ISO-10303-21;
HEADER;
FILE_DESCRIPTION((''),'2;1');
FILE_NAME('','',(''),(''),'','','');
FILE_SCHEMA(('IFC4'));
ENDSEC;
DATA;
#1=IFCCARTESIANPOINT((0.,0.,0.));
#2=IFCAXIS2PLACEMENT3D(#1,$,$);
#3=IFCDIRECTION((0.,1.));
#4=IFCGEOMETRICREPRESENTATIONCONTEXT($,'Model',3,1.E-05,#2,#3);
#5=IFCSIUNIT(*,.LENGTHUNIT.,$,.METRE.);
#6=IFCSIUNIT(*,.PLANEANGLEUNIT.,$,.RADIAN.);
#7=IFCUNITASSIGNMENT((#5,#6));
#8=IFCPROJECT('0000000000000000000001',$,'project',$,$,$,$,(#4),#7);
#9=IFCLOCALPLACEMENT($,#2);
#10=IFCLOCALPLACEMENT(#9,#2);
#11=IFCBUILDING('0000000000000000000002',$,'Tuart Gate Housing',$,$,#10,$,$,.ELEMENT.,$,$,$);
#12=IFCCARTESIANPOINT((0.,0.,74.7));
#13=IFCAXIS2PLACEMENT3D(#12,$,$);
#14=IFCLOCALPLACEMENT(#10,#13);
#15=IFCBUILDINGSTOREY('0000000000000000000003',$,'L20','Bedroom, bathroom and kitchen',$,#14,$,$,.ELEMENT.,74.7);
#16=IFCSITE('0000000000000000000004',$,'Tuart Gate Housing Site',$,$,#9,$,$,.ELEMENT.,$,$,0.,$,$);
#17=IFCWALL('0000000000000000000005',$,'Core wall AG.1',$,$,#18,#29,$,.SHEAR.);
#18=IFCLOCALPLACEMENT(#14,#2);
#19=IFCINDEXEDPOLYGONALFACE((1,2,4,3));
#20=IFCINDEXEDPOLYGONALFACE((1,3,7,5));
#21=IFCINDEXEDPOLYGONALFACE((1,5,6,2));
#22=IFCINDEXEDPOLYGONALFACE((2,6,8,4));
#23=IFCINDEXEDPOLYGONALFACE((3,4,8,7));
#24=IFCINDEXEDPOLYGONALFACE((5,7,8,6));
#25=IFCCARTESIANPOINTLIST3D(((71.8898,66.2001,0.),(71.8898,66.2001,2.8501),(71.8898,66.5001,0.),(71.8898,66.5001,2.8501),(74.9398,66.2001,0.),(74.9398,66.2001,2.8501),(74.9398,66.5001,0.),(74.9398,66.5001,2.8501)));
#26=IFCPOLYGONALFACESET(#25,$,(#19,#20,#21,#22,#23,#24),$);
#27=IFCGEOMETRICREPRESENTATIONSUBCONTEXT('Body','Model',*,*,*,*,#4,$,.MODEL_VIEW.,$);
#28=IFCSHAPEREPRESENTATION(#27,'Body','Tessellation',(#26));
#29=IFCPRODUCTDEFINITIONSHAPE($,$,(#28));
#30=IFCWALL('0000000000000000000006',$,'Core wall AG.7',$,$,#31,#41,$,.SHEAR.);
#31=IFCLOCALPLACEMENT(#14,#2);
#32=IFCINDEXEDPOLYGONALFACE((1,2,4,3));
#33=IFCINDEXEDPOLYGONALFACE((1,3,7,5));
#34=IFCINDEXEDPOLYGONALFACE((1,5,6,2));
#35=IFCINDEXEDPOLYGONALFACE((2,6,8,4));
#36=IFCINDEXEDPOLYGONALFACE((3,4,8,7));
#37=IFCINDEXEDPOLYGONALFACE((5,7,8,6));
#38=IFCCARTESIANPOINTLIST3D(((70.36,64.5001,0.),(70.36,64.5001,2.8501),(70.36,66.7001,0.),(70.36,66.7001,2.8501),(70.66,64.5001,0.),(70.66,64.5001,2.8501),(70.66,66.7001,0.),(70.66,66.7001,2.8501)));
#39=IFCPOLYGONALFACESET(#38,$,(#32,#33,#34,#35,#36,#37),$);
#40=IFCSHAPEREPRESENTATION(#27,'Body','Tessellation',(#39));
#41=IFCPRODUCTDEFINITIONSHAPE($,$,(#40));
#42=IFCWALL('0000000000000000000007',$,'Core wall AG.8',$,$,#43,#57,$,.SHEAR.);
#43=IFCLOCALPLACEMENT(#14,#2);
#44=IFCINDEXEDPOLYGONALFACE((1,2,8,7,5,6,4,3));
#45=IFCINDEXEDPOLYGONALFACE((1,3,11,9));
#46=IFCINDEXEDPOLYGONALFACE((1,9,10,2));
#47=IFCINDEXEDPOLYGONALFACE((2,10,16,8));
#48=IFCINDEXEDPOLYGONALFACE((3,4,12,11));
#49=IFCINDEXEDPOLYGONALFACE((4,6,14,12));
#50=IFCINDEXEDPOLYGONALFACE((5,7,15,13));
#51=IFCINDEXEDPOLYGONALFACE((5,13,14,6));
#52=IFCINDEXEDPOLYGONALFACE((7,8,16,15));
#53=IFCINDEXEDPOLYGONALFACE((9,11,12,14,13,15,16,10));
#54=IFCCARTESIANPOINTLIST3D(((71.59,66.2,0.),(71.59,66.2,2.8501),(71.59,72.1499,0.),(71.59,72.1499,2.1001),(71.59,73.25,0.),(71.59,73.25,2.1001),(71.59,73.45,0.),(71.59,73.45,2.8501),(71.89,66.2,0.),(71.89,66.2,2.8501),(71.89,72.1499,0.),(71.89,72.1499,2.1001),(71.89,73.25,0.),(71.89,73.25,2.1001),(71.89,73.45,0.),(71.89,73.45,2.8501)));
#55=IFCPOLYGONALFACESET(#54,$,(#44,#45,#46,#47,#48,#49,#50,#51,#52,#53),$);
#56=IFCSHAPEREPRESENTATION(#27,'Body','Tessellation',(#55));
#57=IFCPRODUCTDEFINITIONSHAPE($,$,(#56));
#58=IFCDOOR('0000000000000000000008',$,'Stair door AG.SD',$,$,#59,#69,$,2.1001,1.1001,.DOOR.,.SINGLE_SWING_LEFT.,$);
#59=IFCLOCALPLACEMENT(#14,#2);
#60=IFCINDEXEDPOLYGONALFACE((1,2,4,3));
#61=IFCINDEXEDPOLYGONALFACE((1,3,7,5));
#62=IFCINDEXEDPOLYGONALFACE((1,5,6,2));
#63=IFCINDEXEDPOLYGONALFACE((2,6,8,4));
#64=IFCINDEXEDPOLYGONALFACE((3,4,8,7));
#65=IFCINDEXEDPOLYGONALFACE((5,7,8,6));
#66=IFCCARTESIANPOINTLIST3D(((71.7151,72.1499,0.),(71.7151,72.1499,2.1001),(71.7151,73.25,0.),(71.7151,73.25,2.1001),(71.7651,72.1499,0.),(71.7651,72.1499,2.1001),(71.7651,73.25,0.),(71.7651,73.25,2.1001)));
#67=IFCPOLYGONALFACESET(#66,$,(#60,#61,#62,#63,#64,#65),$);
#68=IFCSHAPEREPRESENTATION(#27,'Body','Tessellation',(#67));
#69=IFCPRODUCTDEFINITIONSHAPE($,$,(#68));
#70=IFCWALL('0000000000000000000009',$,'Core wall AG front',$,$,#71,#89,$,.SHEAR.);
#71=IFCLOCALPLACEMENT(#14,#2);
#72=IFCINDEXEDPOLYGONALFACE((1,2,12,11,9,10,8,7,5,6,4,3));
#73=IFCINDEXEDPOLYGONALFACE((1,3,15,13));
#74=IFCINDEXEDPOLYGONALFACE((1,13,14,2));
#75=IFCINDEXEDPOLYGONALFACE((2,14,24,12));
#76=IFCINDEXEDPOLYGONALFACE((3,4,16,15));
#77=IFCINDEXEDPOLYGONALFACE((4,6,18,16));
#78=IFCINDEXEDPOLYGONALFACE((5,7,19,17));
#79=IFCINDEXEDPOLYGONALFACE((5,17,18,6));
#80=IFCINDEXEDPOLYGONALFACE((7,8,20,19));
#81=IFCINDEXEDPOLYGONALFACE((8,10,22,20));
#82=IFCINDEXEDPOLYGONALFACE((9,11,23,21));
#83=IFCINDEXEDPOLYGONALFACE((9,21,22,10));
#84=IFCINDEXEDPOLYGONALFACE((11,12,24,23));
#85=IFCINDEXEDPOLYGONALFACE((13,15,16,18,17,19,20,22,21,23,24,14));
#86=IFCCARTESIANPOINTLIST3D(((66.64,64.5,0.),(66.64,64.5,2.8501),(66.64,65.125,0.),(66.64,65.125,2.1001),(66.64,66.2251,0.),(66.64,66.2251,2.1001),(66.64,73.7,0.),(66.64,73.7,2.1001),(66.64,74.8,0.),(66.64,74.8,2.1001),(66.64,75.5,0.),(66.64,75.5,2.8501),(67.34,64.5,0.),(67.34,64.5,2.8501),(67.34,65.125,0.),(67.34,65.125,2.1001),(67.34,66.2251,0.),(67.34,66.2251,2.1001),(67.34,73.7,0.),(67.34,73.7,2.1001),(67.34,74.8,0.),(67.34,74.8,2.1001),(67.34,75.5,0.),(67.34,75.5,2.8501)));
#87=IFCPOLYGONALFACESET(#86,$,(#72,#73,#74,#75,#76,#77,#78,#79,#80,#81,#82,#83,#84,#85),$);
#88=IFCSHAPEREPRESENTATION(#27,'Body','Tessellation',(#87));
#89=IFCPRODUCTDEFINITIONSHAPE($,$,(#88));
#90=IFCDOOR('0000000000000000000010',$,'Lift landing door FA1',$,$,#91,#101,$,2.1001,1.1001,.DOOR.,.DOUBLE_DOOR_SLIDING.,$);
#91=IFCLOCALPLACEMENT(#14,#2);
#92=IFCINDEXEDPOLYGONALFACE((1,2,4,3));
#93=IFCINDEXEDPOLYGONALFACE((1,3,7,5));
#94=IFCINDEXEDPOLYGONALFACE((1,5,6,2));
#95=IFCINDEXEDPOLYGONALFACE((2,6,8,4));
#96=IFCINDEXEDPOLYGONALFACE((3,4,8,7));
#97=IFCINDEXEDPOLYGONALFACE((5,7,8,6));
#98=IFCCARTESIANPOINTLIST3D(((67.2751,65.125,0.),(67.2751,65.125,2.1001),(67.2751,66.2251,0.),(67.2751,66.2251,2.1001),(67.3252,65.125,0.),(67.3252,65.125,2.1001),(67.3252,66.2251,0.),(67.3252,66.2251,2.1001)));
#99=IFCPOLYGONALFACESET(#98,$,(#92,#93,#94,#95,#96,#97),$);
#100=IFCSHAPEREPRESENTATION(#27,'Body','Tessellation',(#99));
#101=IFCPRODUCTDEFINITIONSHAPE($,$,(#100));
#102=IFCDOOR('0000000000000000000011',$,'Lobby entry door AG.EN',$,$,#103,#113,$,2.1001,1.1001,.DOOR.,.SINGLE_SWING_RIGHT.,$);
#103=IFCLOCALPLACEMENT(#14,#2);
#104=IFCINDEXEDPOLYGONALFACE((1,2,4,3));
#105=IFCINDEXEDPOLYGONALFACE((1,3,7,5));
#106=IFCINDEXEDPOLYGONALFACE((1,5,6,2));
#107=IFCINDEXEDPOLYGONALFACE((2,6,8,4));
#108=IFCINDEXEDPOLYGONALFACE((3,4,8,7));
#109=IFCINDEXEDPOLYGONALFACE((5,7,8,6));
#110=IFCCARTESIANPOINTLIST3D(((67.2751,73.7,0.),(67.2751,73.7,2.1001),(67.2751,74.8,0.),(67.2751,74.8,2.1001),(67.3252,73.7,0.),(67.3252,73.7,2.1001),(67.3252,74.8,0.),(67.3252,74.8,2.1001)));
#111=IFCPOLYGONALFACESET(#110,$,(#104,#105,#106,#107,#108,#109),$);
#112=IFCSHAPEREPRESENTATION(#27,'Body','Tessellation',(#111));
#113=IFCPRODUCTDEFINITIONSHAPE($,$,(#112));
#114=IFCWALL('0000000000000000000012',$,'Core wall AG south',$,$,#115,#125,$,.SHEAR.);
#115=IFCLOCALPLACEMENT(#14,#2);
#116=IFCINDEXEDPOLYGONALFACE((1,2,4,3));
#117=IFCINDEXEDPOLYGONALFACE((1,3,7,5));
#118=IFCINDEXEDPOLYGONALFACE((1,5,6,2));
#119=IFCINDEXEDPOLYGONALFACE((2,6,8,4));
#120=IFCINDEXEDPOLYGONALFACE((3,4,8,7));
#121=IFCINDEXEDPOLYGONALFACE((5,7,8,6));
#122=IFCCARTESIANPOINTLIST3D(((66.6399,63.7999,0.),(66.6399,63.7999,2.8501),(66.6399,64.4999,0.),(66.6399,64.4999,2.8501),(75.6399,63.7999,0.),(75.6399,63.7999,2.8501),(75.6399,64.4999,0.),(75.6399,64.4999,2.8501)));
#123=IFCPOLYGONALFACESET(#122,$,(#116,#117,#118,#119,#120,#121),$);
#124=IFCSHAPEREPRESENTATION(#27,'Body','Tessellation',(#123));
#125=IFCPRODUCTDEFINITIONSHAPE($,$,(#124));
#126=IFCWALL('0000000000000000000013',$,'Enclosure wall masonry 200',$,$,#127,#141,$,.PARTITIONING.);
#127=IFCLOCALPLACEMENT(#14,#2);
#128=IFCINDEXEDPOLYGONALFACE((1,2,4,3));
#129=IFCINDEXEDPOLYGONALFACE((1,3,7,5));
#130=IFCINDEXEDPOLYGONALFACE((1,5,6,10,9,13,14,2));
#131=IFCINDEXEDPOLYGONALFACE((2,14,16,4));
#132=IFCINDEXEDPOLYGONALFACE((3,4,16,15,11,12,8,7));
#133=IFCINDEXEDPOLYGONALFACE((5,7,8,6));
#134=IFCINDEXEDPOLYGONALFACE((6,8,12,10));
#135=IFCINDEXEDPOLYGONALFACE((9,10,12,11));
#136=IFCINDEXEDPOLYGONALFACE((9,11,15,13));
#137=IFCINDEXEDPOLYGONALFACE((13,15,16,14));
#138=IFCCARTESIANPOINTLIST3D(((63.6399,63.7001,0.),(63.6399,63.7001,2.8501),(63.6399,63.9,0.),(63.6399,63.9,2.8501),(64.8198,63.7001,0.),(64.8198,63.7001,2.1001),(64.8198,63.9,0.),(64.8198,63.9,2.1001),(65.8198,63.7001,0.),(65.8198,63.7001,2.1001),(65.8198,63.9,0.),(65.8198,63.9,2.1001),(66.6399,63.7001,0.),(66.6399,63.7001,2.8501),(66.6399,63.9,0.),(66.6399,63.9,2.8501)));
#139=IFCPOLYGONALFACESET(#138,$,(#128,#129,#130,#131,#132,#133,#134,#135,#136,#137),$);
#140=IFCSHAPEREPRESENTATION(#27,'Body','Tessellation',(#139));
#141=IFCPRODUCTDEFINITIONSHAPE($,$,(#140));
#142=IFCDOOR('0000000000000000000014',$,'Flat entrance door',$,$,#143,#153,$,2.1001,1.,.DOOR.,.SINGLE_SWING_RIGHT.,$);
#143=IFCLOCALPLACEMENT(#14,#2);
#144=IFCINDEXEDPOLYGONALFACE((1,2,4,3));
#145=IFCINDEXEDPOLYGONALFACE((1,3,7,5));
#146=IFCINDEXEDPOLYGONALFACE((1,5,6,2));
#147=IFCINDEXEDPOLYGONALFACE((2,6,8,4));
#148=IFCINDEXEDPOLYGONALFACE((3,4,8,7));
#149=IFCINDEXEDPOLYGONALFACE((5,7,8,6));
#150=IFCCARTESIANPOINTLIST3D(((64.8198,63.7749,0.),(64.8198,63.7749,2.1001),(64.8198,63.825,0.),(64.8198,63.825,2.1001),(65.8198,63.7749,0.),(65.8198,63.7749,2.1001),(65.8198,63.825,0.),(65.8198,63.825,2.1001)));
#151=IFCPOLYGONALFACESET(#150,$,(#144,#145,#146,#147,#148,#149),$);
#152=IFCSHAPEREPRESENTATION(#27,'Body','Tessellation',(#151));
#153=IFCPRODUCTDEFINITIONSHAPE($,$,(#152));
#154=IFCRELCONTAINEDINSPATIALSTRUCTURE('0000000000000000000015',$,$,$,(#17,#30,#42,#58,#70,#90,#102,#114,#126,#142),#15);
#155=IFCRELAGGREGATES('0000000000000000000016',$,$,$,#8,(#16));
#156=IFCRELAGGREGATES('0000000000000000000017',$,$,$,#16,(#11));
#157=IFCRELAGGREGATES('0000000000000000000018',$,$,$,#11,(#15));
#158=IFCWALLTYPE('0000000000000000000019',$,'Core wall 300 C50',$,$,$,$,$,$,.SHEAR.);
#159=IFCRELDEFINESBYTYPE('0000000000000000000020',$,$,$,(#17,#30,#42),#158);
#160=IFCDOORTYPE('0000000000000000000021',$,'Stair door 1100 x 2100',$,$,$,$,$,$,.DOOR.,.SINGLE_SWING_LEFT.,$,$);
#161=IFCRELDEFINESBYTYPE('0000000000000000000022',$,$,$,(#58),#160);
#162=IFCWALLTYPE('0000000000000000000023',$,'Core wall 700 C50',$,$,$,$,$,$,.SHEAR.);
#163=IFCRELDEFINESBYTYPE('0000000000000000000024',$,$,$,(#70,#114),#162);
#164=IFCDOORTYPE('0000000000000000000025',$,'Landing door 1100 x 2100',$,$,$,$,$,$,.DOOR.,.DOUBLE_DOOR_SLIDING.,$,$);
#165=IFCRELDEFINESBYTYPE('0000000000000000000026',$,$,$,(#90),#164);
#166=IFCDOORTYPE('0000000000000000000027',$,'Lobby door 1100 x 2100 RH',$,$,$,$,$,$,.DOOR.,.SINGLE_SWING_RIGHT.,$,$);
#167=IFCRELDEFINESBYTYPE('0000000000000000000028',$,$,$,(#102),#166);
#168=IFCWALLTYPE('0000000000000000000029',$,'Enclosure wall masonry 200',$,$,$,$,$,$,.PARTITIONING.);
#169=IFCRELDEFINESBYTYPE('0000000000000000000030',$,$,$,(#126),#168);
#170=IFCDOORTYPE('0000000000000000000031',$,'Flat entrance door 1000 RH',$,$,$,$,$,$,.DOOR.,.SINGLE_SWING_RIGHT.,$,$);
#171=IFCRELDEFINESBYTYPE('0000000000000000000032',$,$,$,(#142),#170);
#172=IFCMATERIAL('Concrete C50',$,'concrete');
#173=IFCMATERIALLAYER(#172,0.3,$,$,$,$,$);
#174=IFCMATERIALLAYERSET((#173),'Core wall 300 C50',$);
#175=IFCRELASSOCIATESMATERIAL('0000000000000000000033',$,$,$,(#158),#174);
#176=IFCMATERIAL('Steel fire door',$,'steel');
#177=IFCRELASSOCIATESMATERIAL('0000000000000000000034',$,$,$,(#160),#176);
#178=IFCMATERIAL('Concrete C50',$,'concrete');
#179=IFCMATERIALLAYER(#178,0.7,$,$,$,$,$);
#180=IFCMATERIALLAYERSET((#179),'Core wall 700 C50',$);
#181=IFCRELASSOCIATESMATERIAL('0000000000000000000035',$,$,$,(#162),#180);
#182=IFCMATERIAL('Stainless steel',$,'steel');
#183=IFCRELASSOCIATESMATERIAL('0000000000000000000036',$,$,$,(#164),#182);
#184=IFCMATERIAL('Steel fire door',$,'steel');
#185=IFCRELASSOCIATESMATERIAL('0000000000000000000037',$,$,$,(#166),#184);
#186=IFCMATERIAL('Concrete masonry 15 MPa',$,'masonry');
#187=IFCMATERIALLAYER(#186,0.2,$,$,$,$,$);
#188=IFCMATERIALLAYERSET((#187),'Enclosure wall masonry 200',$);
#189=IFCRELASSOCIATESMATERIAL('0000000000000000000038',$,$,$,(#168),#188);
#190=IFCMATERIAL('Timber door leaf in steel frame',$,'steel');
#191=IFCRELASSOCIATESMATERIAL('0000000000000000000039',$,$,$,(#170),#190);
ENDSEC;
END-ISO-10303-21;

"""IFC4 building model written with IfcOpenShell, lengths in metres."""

from ifc_helpers import new_model, si_unit, direction, frame, frame_2d, origin, place, context, subcontext, project, spatial, rectangle, extrude, material, layer, layer_set, type_object, element, fill, save


model = new_model("IFC4")

# Units and contexts
model_context = context("Model", 3, precision=1e-05, world=origin(), true_north=direction((0.0, 1.0)))
body_context = subcontext(model_context, "Body", "Model", "MODEL_VIEW")
ifc_project = project(units=[si_unit("LENGTHUNIT", "METRE"), si_unit("PLANEANGLEUNIT", "RADIAN")], contexts=[model_context])

# Site, building, storey
site_placement = place(None, origin())
site = spatial("IfcSite", under=ifc_project, at=site_placement, Name="Tuart Gate Housing Site", CompositionType="ELEMENT", RefElevation=0.0)
building_placement = place(site_placement, origin())
building = spatial("IfcBuilding", under=site, at=building_placement, Name="Tuart Gate Housing", CompositionType="ELEMENT")
storey_placement = place(building_placement, frame((0.0, 0.0, 74.7)))
storey = spatial("IfcBuildingStorey", under=building, at=storey_placement, Name="L20", Description="Bedroom, bathroom and kitchen", CompositionType="ELEMENT", Elevation=74.7)

# Walls
ifc_material_1 = material(Name="Concrete C50", Category="concrete")
ifc_layer_1 = layer(ifc_material_1, 0.3)
ifc_layer_set_1 = layer_set([ifc_layer_1], Name="Core wall 300 C50")
wall_type_1 = type_object("IfcWallType", Name="Core wall 300 C50", PredefinedType="SHEAR", material=ifc_layer_set_1)
wall_1_placement = place(storey_placement, frame((71.8899, 66.3501, 0.0), z_axis=(0.0, 0.0, 1.0), x_axis=(1.0, 0.0, 0.0)))
element("IfcWall", 1, at=wall_1_placement, inside=storey, type_object=wall_type_1, Name="Core wall AG.1", PredefinedType="SHEAR", context=body_context, shape_type="SweptSolid", body=[
    extrude(rectangle(XDim=3.05, YDim=0.3, at=frame_2d((1.5249, 0.0))), origin(), (0.0, 0.0, 1.0), 2.8501),
])
wall_2_placement = place(storey_placement, frame((70.51, 64.5, 0.0), z_axis=(0.0, 0.0, 1.0), x_axis=(0.0, 1.0, 0.0)))
element("IfcWall", 2, at=wall_2_placement, inside=storey, type_object=wall_type_1, Name="Core wall AG.7", PredefinedType="SHEAR", context=body_context, shape_type="SweptSolid", body=[
    extrude(rectangle(XDim=2.2, YDim=0.3, at=frame_2d((1.1001, 0.0))), origin(), (0.0, 0.0, 1.0), 2.8501),
])

# Wall, opening, door
wall_3_placement = place(storey_placement, frame((71.74, 66.2, 0.0), z_axis=(0.0, 0.0, 1.0), x_axis=(0.0, 1.0, 0.0)))
wall_3 = element("IfcWall", 3, at=wall_3_placement, inside=storey, type_object=wall_type_1, Name="Core wall AG.8", PredefinedType="SHEAR", context=body_context, shape_type="SweptSolid", body=[
    extrude(rectangle(XDim=7.25, YDim=0.3, at=frame_2d((3.625, 0.0))), origin(), (0.0, 0.0, 1.0), 2.8501),
])
opening_1_placement = place(wall_3_placement, frame((5.95, 0.0, 0.0)))
opening_1 = element("IfcOpeningElement", 4, at=opening_1_placement, cuts=wall_3, PredefinedType="OPENING", context=body_context, shape_type="SweptSolid", body=[
    extrude(rectangle(XDim=1.1001, YDim=2.1001, at=frame_2d((0.55, 1.05))), frame((0.0, 0.1599, 0.0), z_axis=(0.0, -1.0, 0.0), x_axis=(1.0, 0.0, 0.0)), (0.0, 0.0, 1.0), 0.3201),
])
ifc_material_2 = material(Name="Steel fire door", Category="steel")
door_type_1 = type_object("IfcDoorType", Name="Stair door 1100 x 2100", OperationType="SINGLE_SWING_LEFT", PredefinedType="DOOR", material=ifc_material_2)
door_1_placement = place(opening_1_placement, frame((1.1001, 0.0, 0.0), z_axis=(0.0, 0.0, 1.0), x_axis=(-1.0, 0.0, 0.0)))
door_1 = element("IfcDoor", 5, at=door_1_placement, inside=storey, type_object=door_type_1, Name="Stair door AG.SD", OperationType="SINGLE_SWING_LEFT", OverallHeight=2.1001, OverallWidth=1.1001, PredefinedType="DOOR", context=body_context, shape_type="SweptSolid", body=[
    extrude(rectangle(XDim=1.1001, YDim=2.1001, at=frame_2d((0.55, 1.05))), frame((0.0, 0.0251, 0.0), z_axis=(0.0, -1.0, 0.0), x_axis=(1.0, 0.0, 0.0)), (0.0, 0.0, 1.0), 0.05),
])
fill(opening_1, door_1)

# Wall, openings, doors
ifc_material_3 = material(Name="Concrete C50", Category="concrete")
ifc_layer_2 = layer(ifc_material_3, 0.7)
ifc_layer_set_2 = layer_set([ifc_layer_2], Name="Core wall 700 C50")
wall_type_2 = type_object("IfcWallType", Name="Core wall 700 C50", PredefinedType="SHEAR", material=ifc_layer_set_2)
wall_4_placement = place(storey_placement, frame((66.99, 64.5, 0.0), z_axis=(0.0, 0.0, 1.0), x_axis=(0.0, 1.0, 0.0)))
wall_4 = element("IfcWall", 6, at=wall_4_placement, inside=storey, type_object=wall_type_2, Name="Core wall AG front", PredefinedType="SHEAR", context=body_context, shape_type="SweptSolid", body=[
    extrude(rectangle(XDim=11.0, YDim=0.7, at=frame_2d((5.5, 0.0))), origin(), (0.0, 0.0, 1.0), 2.8501),
])
opening_2_placement = place(wall_4_placement, frame((0.625, 0.0, 0.0)))
opening_2 = element("IfcOpeningElement", 7, at=opening_2_placement, cuts=wall_4, PredefinedType="OPENING", context=body_context, shape_type="SweptSolid", body=[
    extrude(rectangle(XDim=1.1001, YDim=2.1001, at=frame_2d((0.55, 1.05))), frame((0.0, 0.3599, 0.0), z_axis=(0.0, -1.0, 0.0), x_axis=(1.0, 0.0, 0.0)), (0.0, 0.0, 1.0), 0.72),
])
opening_3_placement = place(wall_4_placement, frame((9.2, 0.0, 0.0)))
opening_3 = element("IfcOpeningElement", 8, at=opening_3_placement, cuts=wall_4, PredefinedType="OPENING", context=body_context, shape_type="SweptSolid", body=[
    extrude(rectangle(XDim=1.1001, YDim=2.1001, at=frame_2d((0.55, 1.05))), frame((0.0, 0.3599, 0.0), z_axis=(0.0, -1.0, 0.0), x_axis=(1.0, 0.0, 0.0)), (0.0, 0.0, 1.0), 0.72),
])
ifc_material_4 = material(Name="Stainless steel", Category="steel")
door_type_2 = type_object("IfcDoorType", Name="Landing door 1100 x 2100", OperationType="DOUBLE_DOOR_SLIDING", PredefinedType="DOOR", material=ifc_material_4)
door_2_placement = place(opening_2_placement, origin())
door_2 = element("IfcDoor", 9, at=door_2_placement, inside=storey, type_object=door_type_2, Name="Lift landing door FA1", OperationType="DOUBLE_DOOR_SLIDING", OverallHeight=2.1001, OverallWidth=1.1001, PredefinedType="DOOR", context=body_context, shape_type="SweptSolid", body=[
    extrude(rectangle(XDim=1.1001, YDim=2.1001, at=frame_2d((0.55, 1.05))), frame((0.0, -0.2852, 0.0), z_axis=(0.0, -1.0, 0.0), x_axis=(1.0, 0.0, 0.0)), (0.0, 0.0, 1.0), 0.05),
])
fill(opening_2, door_2)
ifc_material_5 = material(Name="Steel fire door", Category="steel")
door_type_3 = type_object("IfcDoorType", Name="Lobby door 1100 x 2100 RH", OperationType="SINGLE_SWING_RIGHT", PredefinedType="DOOR", material=ifc_material_5)
door_3_placement = place(opening_3_placement, frame((1.1001, 0.0, 0.0), z_axis=(0.0, 0.0, 1.0), x_axis=(-1.0, 0.0, 0.0)))
door_3 = element("IfcDoor", 10, at=door_3_placement, inside=storey, type_object=door_type_3, Name="Lobby entry door AG.EN", OperationType="SINGLE_SWING_RIGHT", OverallHeight=2.1001, OverallWidth=1.1001, PredefinedType="DOOR", context=body_context, shape_type="SweptSolid", body=[
    extrude(rectangle(XDim=1.1001, YDim=2.1001, at=frame_2d((0.55, 1.05))), frame((0.0, 0.3352, 0.0), z_axis=(0.0, -1.0, 0.0), x_axis=(1.0, 0.0, 0.0)), (0.0, 0.0, 1.0), 0.05),
])
fill(opening_3, door_3)

# Wall
wall_5_placement = place(storey_placement, frame((66.6399, 64.1499, 0.0), z_axis=(0.0, 0.0, 1.0), x_axis=(1.0, 0.0, 0.0)))
element("IfcWall", 11, at=wall_5_placement, inside=storey, type_object=wall_type_2, Name="Core wall AG south", PredefinedType="SHEAR", context=body_context, shape_type="SweptSolid", body=[
    extrude(rectangle(XDim=9.0, YDim=0.7, at=frame_2d((4.5, 0.0))), origin(), (0.0, 0.0, 1.0), 2.8501),
])

# Wall, opening, door
ifc_material_6 = material(Name="Concrete masonry 15 MPa", Category="masonry")
ifc_layer_3 = layer(ifc_material_6, 0.2)
ifc_layer_set_3 = layer_set([ifc_layer_3], Name="Enclosure wall masonry 200")
wall_type_3 = type_object("IfcWallType", Name="Enclosure wall masonry 200", PredefinedType="PARTITIONING", material=ifc_layer_set_3)
wall_6_placement = place(storey_placement, frame((63.6399, 63.8, 0.0), z_axis=(0.0, 0.0, 1.0), x_axis=(1.0, 0.0, 0.0)))
wall_6 = element("IfcWall", 12, at=wall_6_placement, inside=storey, type_object=wall_type_3, Name="Enclosure wall masonry 200", PredefinedType="PARTITIONING", context=body_context, shape_type="SweptSolid", body=[
    extrude(rectangle(XDim=3.0, YDim=0.2, at=frame_2d((1.5, 0.0))), origin(), (0.0, 0.0, 1.0), 2.8501),
])
opening_4_placement = place(wall_6_placement, frame((1.1799, 0.0, 0.0)))
opening_4 = element("IfcOpeningElement", 13, at=opening_4_placement, cuts=wall_6, PredefinedType="OPENING", context=body_context, shape_type="SweptSolid", body=[
    extrude(rectangle(XDim=1.0, YDim=2.1001, at=frame_2d((0.5, 1.05))), frame((0.0, 0.1099, 0.0), z_axis=(0.0, -1.0, 0.0), x_axis=(1.0, 0.0, 0.0)), (0.0, 0.0, 1.0), 0.22),
])
ifc_material_7 = material(Name="Timber door leaf in steel frame", Category="steel")
door_type_4 = type_object("IfcDoorType", Name="Flat entrance door 1000 RH", OperationType="SINGLE_SWING_RIGHT", PredefinedType="DOOR", material=ifc_material_7)
door_4_placement = place(opening_4_placement, frame((1.0, 0.0, 0.0), z_axis=(0.0, 0.0, 1.0), x_axis=(-1.0, 0.0, 0.0)))
door_4 = element("IfcDoor", 14, at=door_4_placement, inside=storey, type_object=door_type_4, Name="Flat entrance door", OperationType="SINGLE_SWING_RIGHT", OverallHeight=2.1001, OverallWidth=1.0, PredefinedType="DOOR", context=body_context, shape_type="SweptSolid", body=[
    extrude(rectangle(XDim=1.0, YDim=2.1001, at=frame_2d((0.5, 1.05))), frame((0.0, 0.0251, 0.0), z_axis=(0.0, -1.0, 0.0), x_axis=(1.0, 0.0, 0.0)), (0.0, 0.0, 1.0), 0.05),
])
fill(opening_4, door_4)

save(model, "model.ifc")
